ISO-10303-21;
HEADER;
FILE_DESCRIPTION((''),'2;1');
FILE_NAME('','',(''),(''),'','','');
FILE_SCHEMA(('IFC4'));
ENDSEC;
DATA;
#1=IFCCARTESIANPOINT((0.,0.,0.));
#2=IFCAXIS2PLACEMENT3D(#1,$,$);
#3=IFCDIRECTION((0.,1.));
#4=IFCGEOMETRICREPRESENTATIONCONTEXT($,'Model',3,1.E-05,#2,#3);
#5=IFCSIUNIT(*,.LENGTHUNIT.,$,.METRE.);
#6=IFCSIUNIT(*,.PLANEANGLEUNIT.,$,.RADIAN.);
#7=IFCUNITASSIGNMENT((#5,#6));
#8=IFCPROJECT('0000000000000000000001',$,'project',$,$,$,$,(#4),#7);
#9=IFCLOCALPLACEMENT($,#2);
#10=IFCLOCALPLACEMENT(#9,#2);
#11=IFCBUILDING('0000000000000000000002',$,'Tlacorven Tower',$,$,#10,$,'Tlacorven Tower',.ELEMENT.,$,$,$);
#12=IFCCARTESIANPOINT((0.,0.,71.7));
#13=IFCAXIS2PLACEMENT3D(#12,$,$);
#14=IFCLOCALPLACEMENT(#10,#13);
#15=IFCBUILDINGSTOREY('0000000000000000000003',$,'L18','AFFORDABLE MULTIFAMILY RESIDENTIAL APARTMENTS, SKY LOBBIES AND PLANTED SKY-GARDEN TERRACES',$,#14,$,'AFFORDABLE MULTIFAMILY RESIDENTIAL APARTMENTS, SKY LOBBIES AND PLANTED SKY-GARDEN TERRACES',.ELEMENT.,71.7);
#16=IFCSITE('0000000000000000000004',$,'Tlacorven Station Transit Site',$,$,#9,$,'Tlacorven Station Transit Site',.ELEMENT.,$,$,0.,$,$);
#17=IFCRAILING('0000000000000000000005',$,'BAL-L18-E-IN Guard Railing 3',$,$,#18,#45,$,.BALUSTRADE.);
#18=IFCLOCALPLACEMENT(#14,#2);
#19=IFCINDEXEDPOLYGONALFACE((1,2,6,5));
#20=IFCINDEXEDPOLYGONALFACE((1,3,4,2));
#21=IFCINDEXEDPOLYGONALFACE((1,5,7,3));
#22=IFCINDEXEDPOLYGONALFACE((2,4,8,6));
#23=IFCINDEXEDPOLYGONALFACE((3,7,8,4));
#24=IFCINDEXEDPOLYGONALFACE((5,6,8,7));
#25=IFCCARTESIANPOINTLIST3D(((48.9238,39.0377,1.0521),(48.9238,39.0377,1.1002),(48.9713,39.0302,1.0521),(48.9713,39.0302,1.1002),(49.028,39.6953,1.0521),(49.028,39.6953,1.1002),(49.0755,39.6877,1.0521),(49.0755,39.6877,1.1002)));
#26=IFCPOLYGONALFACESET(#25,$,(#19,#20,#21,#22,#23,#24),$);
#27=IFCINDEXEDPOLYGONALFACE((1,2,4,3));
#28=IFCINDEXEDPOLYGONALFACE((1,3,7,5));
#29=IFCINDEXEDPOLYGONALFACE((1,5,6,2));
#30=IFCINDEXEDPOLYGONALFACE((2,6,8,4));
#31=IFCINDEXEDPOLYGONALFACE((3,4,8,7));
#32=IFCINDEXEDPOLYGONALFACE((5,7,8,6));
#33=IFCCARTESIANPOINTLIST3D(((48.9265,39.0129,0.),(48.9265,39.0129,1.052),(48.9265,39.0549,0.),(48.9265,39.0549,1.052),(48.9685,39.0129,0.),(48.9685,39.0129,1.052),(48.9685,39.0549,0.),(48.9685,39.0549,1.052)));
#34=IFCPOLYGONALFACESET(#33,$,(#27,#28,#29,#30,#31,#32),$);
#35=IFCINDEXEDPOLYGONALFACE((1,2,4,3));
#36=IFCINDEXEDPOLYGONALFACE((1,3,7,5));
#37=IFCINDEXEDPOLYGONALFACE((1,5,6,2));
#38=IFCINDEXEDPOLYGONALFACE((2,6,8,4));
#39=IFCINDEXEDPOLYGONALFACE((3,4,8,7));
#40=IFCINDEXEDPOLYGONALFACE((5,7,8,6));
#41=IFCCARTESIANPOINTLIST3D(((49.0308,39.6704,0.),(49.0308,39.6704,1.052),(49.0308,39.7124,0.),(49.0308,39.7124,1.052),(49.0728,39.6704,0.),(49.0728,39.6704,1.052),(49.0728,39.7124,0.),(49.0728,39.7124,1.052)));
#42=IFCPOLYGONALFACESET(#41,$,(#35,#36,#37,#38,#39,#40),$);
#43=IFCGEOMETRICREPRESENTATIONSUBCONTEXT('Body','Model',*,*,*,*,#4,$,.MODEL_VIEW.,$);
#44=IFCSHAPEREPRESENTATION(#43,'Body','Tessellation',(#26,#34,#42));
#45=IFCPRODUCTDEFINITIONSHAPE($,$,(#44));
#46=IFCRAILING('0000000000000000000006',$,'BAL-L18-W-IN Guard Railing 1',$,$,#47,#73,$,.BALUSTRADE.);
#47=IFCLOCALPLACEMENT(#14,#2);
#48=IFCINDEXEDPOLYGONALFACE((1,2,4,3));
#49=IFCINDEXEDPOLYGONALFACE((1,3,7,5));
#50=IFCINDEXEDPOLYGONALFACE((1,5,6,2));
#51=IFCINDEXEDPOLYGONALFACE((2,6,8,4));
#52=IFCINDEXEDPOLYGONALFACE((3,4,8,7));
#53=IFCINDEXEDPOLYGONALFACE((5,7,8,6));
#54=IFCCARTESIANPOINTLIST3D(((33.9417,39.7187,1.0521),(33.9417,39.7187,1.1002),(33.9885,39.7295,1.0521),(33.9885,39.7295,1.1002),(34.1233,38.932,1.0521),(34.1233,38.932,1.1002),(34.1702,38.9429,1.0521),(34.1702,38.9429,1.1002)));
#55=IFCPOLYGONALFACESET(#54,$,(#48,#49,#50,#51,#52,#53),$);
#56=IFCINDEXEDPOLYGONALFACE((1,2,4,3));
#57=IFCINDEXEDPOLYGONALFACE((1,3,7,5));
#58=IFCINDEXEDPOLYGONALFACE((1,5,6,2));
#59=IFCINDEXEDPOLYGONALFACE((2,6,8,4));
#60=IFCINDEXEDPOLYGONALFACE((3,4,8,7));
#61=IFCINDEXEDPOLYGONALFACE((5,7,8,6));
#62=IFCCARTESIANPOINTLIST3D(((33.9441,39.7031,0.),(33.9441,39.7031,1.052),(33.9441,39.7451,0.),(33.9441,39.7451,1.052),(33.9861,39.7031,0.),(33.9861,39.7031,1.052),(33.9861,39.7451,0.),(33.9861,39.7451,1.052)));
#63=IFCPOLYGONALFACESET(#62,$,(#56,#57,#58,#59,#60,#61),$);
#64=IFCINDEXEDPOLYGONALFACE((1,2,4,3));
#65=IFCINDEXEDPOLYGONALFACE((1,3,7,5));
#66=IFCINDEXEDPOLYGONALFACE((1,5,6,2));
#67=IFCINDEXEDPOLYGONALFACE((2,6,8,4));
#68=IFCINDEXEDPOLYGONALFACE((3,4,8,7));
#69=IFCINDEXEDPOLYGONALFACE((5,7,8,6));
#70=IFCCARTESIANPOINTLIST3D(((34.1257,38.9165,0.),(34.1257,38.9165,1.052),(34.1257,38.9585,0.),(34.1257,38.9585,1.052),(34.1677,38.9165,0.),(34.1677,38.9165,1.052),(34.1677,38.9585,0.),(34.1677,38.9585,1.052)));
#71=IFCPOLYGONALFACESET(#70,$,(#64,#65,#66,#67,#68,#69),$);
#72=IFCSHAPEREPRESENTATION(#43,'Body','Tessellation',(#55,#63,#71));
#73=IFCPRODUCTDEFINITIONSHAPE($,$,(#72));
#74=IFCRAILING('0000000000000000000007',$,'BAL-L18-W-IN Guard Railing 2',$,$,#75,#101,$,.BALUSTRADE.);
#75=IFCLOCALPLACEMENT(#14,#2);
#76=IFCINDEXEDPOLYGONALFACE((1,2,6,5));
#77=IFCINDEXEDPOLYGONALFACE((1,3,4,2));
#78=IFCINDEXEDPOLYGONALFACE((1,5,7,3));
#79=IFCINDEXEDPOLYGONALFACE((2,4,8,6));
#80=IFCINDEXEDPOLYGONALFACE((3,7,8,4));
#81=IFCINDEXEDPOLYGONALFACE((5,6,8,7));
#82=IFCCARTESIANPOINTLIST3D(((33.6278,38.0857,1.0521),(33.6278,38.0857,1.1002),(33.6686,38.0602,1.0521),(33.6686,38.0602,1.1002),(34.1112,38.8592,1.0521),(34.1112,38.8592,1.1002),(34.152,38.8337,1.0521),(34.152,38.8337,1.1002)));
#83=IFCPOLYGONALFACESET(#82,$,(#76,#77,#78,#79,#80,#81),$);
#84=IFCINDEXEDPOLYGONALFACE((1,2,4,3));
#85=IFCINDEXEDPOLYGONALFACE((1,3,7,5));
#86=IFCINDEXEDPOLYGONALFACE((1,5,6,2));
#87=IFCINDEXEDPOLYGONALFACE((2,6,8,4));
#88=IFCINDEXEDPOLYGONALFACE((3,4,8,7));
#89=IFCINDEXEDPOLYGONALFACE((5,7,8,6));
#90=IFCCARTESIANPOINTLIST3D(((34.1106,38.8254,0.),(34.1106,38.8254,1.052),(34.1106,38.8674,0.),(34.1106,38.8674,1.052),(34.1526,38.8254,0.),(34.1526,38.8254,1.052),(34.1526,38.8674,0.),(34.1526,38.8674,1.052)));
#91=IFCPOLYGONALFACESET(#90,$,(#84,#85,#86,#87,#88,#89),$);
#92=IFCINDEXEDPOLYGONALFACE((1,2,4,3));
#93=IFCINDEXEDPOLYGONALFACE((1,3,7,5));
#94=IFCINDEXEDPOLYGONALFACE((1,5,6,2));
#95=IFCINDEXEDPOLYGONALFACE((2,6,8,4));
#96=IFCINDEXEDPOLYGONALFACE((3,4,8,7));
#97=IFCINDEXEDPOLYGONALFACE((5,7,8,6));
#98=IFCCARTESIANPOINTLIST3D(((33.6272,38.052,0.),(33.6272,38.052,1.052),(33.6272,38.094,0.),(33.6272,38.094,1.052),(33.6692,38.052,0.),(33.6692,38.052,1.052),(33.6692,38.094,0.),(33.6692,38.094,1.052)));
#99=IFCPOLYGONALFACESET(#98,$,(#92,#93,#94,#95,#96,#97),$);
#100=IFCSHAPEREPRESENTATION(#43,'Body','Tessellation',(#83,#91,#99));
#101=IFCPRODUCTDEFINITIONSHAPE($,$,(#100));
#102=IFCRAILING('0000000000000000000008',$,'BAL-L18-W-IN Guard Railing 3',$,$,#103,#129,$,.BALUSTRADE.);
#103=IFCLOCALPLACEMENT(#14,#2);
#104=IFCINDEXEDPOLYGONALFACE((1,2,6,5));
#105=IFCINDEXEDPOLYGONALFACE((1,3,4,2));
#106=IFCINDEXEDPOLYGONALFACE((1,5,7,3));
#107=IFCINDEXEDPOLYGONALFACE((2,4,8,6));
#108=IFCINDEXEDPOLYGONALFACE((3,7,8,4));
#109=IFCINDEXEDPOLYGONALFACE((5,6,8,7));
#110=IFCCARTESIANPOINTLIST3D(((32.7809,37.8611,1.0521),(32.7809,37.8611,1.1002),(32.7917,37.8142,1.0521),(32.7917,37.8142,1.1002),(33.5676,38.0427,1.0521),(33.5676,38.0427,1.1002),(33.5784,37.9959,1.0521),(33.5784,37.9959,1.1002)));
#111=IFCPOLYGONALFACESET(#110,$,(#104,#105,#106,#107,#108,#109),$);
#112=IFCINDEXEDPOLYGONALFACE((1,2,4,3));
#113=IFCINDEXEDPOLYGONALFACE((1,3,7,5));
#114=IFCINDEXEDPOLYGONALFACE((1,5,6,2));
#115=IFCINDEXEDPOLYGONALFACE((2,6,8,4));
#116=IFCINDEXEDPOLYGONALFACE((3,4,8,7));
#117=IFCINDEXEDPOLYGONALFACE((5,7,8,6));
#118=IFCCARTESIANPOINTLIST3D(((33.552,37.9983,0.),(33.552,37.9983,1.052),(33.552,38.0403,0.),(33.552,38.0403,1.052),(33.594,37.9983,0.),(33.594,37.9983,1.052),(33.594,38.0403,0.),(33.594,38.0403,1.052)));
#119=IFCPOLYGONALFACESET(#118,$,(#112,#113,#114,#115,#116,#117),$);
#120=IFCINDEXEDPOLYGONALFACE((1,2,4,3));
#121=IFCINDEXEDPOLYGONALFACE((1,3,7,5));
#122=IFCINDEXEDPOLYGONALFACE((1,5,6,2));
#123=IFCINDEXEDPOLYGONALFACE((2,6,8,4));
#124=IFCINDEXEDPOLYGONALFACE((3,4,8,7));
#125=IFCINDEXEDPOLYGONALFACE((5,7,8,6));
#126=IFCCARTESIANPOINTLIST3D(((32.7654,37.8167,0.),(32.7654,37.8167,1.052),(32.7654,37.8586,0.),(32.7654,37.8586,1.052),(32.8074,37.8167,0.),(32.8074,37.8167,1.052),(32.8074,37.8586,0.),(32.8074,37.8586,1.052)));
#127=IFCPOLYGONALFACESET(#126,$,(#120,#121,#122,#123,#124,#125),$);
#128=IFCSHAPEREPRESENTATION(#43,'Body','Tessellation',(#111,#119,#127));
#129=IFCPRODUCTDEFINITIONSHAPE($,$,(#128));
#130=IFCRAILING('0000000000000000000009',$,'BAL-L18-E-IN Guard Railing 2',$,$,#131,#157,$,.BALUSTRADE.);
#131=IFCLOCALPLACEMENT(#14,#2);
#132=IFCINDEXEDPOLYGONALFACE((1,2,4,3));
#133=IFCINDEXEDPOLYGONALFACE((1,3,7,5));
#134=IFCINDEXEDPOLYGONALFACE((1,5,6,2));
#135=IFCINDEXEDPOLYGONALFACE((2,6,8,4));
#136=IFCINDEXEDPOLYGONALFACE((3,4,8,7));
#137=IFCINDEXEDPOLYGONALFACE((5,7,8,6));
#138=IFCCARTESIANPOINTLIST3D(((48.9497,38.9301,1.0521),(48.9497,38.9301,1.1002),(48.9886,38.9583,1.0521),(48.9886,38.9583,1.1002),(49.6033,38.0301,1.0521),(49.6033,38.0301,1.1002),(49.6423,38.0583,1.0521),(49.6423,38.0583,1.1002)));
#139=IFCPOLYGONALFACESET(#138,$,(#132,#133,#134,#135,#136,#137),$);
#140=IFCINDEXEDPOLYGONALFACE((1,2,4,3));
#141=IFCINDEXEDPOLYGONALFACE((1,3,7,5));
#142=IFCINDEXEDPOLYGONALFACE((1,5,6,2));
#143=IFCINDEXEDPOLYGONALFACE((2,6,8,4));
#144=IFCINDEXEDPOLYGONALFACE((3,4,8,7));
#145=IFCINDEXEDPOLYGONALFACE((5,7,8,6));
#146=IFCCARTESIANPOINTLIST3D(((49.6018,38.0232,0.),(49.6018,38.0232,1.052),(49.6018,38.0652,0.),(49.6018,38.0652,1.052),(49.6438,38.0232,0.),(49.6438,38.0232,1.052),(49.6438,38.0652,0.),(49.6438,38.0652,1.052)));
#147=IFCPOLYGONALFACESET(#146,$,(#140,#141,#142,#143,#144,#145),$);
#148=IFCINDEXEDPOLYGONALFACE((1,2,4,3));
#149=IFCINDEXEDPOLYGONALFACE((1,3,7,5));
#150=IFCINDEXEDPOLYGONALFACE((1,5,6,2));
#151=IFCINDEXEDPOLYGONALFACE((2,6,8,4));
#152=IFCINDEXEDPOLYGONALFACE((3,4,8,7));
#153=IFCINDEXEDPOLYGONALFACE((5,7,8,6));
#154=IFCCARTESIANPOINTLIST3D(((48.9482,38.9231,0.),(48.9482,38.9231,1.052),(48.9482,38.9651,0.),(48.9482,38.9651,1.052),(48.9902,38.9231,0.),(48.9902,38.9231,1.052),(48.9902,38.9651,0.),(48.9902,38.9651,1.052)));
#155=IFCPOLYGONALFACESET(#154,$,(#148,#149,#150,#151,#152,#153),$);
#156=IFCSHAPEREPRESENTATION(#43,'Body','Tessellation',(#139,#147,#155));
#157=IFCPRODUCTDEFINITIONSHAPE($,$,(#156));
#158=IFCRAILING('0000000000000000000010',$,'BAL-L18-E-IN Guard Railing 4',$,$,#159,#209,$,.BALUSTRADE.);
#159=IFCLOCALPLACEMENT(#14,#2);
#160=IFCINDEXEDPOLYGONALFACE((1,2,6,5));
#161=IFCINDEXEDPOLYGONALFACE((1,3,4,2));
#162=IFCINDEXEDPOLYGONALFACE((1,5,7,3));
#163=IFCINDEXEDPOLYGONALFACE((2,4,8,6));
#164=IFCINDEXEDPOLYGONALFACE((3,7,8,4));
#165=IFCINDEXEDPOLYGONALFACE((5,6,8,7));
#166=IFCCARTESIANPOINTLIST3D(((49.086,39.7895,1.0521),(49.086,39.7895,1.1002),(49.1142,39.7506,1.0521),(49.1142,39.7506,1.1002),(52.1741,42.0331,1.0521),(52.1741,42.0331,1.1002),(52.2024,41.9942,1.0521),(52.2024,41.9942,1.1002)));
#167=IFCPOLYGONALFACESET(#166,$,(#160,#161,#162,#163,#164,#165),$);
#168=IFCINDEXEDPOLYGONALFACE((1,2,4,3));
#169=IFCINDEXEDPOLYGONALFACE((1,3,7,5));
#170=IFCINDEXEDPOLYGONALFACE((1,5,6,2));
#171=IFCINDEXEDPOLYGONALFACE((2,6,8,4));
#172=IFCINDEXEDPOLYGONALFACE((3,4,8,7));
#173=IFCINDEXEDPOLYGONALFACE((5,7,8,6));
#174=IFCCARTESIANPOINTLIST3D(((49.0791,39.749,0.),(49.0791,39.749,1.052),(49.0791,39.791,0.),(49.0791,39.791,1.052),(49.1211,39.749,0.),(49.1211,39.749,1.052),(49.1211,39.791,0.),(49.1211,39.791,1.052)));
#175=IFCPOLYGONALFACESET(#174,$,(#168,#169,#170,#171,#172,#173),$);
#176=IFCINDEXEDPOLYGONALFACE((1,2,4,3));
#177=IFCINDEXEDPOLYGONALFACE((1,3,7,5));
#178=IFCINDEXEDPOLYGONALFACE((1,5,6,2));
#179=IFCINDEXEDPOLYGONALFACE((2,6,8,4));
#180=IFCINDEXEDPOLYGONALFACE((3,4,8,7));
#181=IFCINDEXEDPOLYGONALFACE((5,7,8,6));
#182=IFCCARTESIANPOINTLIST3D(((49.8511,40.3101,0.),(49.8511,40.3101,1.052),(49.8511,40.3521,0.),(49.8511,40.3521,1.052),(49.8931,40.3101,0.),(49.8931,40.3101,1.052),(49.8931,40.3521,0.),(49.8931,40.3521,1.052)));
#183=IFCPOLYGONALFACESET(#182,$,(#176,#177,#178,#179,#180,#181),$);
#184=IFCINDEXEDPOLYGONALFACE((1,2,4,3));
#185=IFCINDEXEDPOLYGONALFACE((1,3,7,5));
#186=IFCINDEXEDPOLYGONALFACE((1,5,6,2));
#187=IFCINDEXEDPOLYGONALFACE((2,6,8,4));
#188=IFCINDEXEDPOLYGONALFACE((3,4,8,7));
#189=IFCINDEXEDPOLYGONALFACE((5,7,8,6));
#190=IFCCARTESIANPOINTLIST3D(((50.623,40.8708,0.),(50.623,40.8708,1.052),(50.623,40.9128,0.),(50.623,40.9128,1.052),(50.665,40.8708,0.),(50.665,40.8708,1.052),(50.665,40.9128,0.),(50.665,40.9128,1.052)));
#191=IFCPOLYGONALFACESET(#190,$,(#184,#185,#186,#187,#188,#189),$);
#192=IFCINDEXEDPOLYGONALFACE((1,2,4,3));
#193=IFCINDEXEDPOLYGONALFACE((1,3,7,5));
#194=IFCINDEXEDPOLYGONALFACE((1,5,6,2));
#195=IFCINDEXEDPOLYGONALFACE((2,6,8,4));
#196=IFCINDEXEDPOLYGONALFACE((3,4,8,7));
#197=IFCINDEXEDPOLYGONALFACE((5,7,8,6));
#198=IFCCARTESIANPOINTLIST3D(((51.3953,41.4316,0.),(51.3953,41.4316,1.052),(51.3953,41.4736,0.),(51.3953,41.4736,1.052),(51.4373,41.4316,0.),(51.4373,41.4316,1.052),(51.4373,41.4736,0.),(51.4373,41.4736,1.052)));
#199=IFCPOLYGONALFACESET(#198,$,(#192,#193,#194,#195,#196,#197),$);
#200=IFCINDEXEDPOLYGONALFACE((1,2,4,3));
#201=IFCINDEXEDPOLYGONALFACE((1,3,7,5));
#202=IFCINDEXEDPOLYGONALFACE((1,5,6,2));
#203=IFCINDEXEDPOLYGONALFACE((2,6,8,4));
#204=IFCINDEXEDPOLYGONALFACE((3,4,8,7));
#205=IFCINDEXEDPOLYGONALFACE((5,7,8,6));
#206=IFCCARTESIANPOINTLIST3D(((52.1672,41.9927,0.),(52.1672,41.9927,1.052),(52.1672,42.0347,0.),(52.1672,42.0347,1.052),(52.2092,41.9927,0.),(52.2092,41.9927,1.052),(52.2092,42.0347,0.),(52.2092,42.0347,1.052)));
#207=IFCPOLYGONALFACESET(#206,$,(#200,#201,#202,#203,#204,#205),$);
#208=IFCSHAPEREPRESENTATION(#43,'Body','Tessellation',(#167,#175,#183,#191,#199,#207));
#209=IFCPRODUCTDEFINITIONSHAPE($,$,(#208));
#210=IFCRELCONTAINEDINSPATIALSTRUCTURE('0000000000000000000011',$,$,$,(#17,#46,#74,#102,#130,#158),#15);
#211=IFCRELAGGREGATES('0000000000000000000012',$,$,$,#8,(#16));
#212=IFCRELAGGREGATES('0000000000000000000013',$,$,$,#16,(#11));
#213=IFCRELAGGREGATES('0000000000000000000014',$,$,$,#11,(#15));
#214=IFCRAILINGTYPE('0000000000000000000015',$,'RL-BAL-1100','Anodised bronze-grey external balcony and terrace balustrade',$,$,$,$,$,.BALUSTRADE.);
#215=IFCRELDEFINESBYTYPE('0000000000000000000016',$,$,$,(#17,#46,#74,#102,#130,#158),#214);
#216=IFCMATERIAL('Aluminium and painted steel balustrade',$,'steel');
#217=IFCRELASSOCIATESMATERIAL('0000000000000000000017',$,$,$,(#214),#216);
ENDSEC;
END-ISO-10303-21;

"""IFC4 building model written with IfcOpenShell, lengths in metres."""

from ifc_helpers import new_model, si_unit, direction, frame, origin, origin_2d, place, context, subcontext, project, spatial, rectangle, extrude, source, transform, mapped, material, type_object, element, save


model = new_model("IFC4")

# Units and contexts
model_context = context("Model", 3, precision=1e-05, world=origin(), true_north=direction((0.0, 1.0)))
body_context = subcontext(model_context, "Body", "Model", "MODEL_VIEW")
ifc_project = project(units=[si_unit("LENGTHUNIT", "METRE"), si_unit("PLANEANGLEUNIT", "RADIAN")], contexts=[model_context])

# Site, building, storey
site_placement = place(None, origin())
site = spatial("IfcSite", under=ifc_project, at=site_placement, Name="Tlacorven Station Transit Site", LongName="Tlacorven Station Transit Site", CompositionType="ELEMENT", RefElevation=0.0)
building_placement = place(site_placement, origin())
building = spatial("IfcBuilding", under=site, at=building_placement, Name="Tlacorven Tower", LongName="Tlacorven Tower", CompositionType="ELEMENT")
storey_placement = place(building_placement, frame((0.0, 0.0, 71.7)))
storey = spatial("IfcBuildingStorey", under=building, at=storey_placement, Name="L18", Description="AFFORDABLE MULTIFAMILY RESIDENTIAL APARTMENTS, SKY LOBBIES AND PLANTED SKY-GARDEN TERRACES", LongName="AFFORDABLE MULTIFAMILY RESIDENTIAL APARTMENTS, SKY LOBBIES AND PLANTED SKY-GARDEN TERRACES", CompositionType="ELEMENT", Elevation=71.7)

# Railings
ifc_material_1 = material(Name="Aluminium and painted steel balustrade", Category="steel")
railing_type = type_object("IfcRailingType", Name="RL-BAL-1100", Description="Anodised bronze-grey external balcony and terrace balustrade", PredefinedType="BALUSTRADE", material=ifc_material_1)
shared_shape_1 = source(origin(), body_context, "Body", "SweptSolid", [
    extrude(rectangle(XDim=0.0481, YDim=0.0481, at=origin_2d()), frame((0.0, 0.0, 1.0762), z_axis=(0.156603, 0.987662, 0.0), x_axis=(-0.987662, 0.156603, 0.0)), (0.0, 0.0, 1.0), 0.6658),
    extrude(rectangle(XDim=0.042, YDim=0.042, at=origin_2d()), origin(), (0.0, 0.0, 1.0), 1.052),
    extrude(rectangle(XDim=0.042, YDim=0.042, at=origin_2d()), frame((0.1042, 0.6575, 0.0)), (0.0, 0.0, 1.0), 1.052),
])
railing_1_placement = place(storey_placement, frame((48.9475, 39.0339, 0.0)))
element("IfcRailing", 1, at=railing_1_placement, inside=storey, type_object=railing_type, Name="BAL-L18-E-IN Guard Railing 3", PredefinedType="BALUSTRADE", context=body_context, shape_type="MappedRepresentation", body=[
    mapped(shared_shape_1, transform((0.0, 0.0, 0.0), scale=1.0)),
])
shared_shape_2 = source(origin(), body_context, "Body", "SweptSolid", [
    extrude(rectangle(XDim=0.0481, YDim=0.0481, at=origin_2d()), frame((0.0, 0.0, 1.0762), z_axis=(0.224992, -0.974361, 0.0), x_axis=(0.974361, 0.224992, 0.0)), (0.0, 0.0, 1.0), 0.8074),
    extrude(rectangle(XDim=0.042, YDim=0.042, at=origin_2d()), origin(), (0.0, 0.0, 1.0), 1.052),
    extrude(rectangle(XDim=0.042, YDim=0.042, at=origin_2d()), frame((0.1816, -0.7866, 0.0)), (0.0, 0.0, 1.0), 1.052),
])
railing_2_placement = place(storey_placement, frame((33.9651, 39.7241, 0.0)))
element("IfcRailing", 2, at=railing_2_placement, inside=storey, type_object=railing_type, Name="BAL-L18-W-IN Guard Railing 1", PredefinedType="BALUSTRADE", context=body_context, shape_type="MappedRepresentation", body=[
    mapped(shared_shape_2, transform((0.0, 0.0, 0.0), scale=1.0)),
])
shared_shape_3 = source(origin(), body_context, "Body", "SweptSolid", [
    extrude(rectangle(XDim=0.0481, YDim=0.0481, at=origin_2d()), frame((0.0, 0.0, 1.0762), z_axis=(-0.529999, -0.847998, 0.0), x_axis=(0.847998, -0.529999, 0.0)), (0.0, 0.0, 1.0), 0.9121),
    extrude(rectangle(XDim=0.042, YDim=0.042, at=origin_2d()), origin(), (0.0, 0.0, 1.0), 1.052),
    extrude(rectangle(XDim=0.042, YDim=0.042, at=origin_2d()), frame((-0.4834, -0.7734, 0.0)), (0.0, 0.0, 1.0), 1.052),
])
railing_3_placement = place(storey_placement, frame((34.1316, 38.8464, 0.0)))
element("IfcRailing", 3, at=railing_3_placement, inside=storey, type_object=railing_type, Name="BAL-L18-W-IN Guard Railing 2", PredefinedType="BALUSTRADE", context=body_context, shape_type="MappedRepresentation", body=[
    mapped(shared_shape_3, transform((0.0, 0.0, 0.0), scale=1.0)),
])
shared_shape_4 = source(origin(), body_context, "Body", "SweptSolid", [
    extrude(rectangle(XDim=0.0481, YDim=0.0481, at=origin_2d()), frame((0.0, 0.0, 1.0762), z_axis=(-0.974361, -0.224992, 0.0), x_axis=(0.224992, -0.974361, 0.0)), (0.0, 0.0, 1.0), 0.8074),
    extrude(rectangle(XDim=0.042, YDim=0.042, at=origin_2d()), origin(), (0.0, 0.0, 1.0), 1.052),
    extrude(rectangle(XDim=0.042, YDim=0.042, at=origin_2d()), frame((-0.7866, -0.1816, 0.0)), (0.0, 0.0, 1.0), 1.052),
])
railing_4_placement = place(storey_placement, frame((33.573, 38.0193, 0.0)))
element("IfcRailing", 4, at=railing_4_placement, inside=storey, type_object=railing_type, Name="BAL-L18-W-IN Guard Railing 3", PredefinedType="BALUSTRADE", context=body_context, shape_type="MappedRepresentation", body=[
    mapped(shared_shape_4, transform((0.0, 0.0, 0.0), scale=1.0)),
])
shared_shape_5 = source(origin(), body_context, "Body", "SweptSolid", [
    extrude(rectangle(XDim=0.0481, YDim=0.0481, at=origin_2d()), frame((0.0, 0.0, 1.0762), z_axis=(-0.587636, 0.809125, 0.0), x_axis=(-0.809125, -0.587636, 0.0)), (0.0, 0.0, 1.0), 1.1123),
    extrude(rectangle(XDim=0.042, YDim=0.042, at=origin_2d()), origin(), (0.0, 0.0, 1.0), 1.052),
    extrude(rectangle(XDim=0.042, YDim=0.042, at=origin_2d()), frame((-0.6536, 0.8999, 0.0)), (0.0, 0.0, 1.0), 1.052),
])
railing_5_placement = place(storey_placement, frame((49.6228, 38.0442, 0.0)))
element("IfcRailing", 5, at=railing_5_placement, inside=storey, type_object=railing_type, Name="BAL-L18-E-IN Guard Railing 2", PredefinedType="BALUSTRADE", context=body_context, shape_type="MappedRepresentation", body=[
    mapped(shared_shape_5, transform((0.0, 0.0, 0.0), scale=1.0)),
])
shared_shape_6 = source(origin(), body_context, "Body", "SweptSolid", [
    extrude(rectangle(XDim=0.0481, YDim=0.0481, at=origin_2d()), frame((0.0, 0.0, 1.0762), z_axis=(0.809018, 0.587784, 0.0), x_axis=(-0.587784, 0.809018, 0.0)), (0.0, 0.0, 1.0), 3.8171),
    extrude(rectangle(XDim=0.042, YDim=0.042, at=origin_2d()), origin(), (0.0, 0.0, 1.0), 1.052),
    extrude(rectangle(XDim=0.042, YDim=0.042, at=origin_2d()), frame((0.772, 0.561, 0.0)), (0.0, 0.0, 1.0), 1.052),
    extrude(rectangle(XDim=0.042, YDim=0.042, at=origin_2d()), frame((1.5439, 1.1218, 0.0)), (0.0, 0.0, 1.0), 1.052),
    extrude(rectangle(XDim=0.042, YDim=0.042, at=origin_2d()), frame((2.3162, 1.6826, 0.0)), (0.0, 0.0, 1.0), 1.052),
    extrude(rectangle(XDim=0.042, YDim=0.042, at=origin_2d()), frame((3.0881, 2.2437, 0.0)), (0.0, 0.0, 1.0), 1.052),
])
railing_6_placement = place(storey_placement, frame((49.1001, 39.77, 0.0)))
element("IfcRailing", 6, at=railing_6_placement, inside=storey, type_object=railing_type, Name="BAL-L18-E-IN Guard Railing 4", PredefinedType="BALUSTRADE", context=body_context, shape_type="MappedRepresentation", body=[
    mapped(shared_shape_6, transform((0.0, 0.0, 0.0), scale=1.0)),
])

save(model, "model.ifc")
